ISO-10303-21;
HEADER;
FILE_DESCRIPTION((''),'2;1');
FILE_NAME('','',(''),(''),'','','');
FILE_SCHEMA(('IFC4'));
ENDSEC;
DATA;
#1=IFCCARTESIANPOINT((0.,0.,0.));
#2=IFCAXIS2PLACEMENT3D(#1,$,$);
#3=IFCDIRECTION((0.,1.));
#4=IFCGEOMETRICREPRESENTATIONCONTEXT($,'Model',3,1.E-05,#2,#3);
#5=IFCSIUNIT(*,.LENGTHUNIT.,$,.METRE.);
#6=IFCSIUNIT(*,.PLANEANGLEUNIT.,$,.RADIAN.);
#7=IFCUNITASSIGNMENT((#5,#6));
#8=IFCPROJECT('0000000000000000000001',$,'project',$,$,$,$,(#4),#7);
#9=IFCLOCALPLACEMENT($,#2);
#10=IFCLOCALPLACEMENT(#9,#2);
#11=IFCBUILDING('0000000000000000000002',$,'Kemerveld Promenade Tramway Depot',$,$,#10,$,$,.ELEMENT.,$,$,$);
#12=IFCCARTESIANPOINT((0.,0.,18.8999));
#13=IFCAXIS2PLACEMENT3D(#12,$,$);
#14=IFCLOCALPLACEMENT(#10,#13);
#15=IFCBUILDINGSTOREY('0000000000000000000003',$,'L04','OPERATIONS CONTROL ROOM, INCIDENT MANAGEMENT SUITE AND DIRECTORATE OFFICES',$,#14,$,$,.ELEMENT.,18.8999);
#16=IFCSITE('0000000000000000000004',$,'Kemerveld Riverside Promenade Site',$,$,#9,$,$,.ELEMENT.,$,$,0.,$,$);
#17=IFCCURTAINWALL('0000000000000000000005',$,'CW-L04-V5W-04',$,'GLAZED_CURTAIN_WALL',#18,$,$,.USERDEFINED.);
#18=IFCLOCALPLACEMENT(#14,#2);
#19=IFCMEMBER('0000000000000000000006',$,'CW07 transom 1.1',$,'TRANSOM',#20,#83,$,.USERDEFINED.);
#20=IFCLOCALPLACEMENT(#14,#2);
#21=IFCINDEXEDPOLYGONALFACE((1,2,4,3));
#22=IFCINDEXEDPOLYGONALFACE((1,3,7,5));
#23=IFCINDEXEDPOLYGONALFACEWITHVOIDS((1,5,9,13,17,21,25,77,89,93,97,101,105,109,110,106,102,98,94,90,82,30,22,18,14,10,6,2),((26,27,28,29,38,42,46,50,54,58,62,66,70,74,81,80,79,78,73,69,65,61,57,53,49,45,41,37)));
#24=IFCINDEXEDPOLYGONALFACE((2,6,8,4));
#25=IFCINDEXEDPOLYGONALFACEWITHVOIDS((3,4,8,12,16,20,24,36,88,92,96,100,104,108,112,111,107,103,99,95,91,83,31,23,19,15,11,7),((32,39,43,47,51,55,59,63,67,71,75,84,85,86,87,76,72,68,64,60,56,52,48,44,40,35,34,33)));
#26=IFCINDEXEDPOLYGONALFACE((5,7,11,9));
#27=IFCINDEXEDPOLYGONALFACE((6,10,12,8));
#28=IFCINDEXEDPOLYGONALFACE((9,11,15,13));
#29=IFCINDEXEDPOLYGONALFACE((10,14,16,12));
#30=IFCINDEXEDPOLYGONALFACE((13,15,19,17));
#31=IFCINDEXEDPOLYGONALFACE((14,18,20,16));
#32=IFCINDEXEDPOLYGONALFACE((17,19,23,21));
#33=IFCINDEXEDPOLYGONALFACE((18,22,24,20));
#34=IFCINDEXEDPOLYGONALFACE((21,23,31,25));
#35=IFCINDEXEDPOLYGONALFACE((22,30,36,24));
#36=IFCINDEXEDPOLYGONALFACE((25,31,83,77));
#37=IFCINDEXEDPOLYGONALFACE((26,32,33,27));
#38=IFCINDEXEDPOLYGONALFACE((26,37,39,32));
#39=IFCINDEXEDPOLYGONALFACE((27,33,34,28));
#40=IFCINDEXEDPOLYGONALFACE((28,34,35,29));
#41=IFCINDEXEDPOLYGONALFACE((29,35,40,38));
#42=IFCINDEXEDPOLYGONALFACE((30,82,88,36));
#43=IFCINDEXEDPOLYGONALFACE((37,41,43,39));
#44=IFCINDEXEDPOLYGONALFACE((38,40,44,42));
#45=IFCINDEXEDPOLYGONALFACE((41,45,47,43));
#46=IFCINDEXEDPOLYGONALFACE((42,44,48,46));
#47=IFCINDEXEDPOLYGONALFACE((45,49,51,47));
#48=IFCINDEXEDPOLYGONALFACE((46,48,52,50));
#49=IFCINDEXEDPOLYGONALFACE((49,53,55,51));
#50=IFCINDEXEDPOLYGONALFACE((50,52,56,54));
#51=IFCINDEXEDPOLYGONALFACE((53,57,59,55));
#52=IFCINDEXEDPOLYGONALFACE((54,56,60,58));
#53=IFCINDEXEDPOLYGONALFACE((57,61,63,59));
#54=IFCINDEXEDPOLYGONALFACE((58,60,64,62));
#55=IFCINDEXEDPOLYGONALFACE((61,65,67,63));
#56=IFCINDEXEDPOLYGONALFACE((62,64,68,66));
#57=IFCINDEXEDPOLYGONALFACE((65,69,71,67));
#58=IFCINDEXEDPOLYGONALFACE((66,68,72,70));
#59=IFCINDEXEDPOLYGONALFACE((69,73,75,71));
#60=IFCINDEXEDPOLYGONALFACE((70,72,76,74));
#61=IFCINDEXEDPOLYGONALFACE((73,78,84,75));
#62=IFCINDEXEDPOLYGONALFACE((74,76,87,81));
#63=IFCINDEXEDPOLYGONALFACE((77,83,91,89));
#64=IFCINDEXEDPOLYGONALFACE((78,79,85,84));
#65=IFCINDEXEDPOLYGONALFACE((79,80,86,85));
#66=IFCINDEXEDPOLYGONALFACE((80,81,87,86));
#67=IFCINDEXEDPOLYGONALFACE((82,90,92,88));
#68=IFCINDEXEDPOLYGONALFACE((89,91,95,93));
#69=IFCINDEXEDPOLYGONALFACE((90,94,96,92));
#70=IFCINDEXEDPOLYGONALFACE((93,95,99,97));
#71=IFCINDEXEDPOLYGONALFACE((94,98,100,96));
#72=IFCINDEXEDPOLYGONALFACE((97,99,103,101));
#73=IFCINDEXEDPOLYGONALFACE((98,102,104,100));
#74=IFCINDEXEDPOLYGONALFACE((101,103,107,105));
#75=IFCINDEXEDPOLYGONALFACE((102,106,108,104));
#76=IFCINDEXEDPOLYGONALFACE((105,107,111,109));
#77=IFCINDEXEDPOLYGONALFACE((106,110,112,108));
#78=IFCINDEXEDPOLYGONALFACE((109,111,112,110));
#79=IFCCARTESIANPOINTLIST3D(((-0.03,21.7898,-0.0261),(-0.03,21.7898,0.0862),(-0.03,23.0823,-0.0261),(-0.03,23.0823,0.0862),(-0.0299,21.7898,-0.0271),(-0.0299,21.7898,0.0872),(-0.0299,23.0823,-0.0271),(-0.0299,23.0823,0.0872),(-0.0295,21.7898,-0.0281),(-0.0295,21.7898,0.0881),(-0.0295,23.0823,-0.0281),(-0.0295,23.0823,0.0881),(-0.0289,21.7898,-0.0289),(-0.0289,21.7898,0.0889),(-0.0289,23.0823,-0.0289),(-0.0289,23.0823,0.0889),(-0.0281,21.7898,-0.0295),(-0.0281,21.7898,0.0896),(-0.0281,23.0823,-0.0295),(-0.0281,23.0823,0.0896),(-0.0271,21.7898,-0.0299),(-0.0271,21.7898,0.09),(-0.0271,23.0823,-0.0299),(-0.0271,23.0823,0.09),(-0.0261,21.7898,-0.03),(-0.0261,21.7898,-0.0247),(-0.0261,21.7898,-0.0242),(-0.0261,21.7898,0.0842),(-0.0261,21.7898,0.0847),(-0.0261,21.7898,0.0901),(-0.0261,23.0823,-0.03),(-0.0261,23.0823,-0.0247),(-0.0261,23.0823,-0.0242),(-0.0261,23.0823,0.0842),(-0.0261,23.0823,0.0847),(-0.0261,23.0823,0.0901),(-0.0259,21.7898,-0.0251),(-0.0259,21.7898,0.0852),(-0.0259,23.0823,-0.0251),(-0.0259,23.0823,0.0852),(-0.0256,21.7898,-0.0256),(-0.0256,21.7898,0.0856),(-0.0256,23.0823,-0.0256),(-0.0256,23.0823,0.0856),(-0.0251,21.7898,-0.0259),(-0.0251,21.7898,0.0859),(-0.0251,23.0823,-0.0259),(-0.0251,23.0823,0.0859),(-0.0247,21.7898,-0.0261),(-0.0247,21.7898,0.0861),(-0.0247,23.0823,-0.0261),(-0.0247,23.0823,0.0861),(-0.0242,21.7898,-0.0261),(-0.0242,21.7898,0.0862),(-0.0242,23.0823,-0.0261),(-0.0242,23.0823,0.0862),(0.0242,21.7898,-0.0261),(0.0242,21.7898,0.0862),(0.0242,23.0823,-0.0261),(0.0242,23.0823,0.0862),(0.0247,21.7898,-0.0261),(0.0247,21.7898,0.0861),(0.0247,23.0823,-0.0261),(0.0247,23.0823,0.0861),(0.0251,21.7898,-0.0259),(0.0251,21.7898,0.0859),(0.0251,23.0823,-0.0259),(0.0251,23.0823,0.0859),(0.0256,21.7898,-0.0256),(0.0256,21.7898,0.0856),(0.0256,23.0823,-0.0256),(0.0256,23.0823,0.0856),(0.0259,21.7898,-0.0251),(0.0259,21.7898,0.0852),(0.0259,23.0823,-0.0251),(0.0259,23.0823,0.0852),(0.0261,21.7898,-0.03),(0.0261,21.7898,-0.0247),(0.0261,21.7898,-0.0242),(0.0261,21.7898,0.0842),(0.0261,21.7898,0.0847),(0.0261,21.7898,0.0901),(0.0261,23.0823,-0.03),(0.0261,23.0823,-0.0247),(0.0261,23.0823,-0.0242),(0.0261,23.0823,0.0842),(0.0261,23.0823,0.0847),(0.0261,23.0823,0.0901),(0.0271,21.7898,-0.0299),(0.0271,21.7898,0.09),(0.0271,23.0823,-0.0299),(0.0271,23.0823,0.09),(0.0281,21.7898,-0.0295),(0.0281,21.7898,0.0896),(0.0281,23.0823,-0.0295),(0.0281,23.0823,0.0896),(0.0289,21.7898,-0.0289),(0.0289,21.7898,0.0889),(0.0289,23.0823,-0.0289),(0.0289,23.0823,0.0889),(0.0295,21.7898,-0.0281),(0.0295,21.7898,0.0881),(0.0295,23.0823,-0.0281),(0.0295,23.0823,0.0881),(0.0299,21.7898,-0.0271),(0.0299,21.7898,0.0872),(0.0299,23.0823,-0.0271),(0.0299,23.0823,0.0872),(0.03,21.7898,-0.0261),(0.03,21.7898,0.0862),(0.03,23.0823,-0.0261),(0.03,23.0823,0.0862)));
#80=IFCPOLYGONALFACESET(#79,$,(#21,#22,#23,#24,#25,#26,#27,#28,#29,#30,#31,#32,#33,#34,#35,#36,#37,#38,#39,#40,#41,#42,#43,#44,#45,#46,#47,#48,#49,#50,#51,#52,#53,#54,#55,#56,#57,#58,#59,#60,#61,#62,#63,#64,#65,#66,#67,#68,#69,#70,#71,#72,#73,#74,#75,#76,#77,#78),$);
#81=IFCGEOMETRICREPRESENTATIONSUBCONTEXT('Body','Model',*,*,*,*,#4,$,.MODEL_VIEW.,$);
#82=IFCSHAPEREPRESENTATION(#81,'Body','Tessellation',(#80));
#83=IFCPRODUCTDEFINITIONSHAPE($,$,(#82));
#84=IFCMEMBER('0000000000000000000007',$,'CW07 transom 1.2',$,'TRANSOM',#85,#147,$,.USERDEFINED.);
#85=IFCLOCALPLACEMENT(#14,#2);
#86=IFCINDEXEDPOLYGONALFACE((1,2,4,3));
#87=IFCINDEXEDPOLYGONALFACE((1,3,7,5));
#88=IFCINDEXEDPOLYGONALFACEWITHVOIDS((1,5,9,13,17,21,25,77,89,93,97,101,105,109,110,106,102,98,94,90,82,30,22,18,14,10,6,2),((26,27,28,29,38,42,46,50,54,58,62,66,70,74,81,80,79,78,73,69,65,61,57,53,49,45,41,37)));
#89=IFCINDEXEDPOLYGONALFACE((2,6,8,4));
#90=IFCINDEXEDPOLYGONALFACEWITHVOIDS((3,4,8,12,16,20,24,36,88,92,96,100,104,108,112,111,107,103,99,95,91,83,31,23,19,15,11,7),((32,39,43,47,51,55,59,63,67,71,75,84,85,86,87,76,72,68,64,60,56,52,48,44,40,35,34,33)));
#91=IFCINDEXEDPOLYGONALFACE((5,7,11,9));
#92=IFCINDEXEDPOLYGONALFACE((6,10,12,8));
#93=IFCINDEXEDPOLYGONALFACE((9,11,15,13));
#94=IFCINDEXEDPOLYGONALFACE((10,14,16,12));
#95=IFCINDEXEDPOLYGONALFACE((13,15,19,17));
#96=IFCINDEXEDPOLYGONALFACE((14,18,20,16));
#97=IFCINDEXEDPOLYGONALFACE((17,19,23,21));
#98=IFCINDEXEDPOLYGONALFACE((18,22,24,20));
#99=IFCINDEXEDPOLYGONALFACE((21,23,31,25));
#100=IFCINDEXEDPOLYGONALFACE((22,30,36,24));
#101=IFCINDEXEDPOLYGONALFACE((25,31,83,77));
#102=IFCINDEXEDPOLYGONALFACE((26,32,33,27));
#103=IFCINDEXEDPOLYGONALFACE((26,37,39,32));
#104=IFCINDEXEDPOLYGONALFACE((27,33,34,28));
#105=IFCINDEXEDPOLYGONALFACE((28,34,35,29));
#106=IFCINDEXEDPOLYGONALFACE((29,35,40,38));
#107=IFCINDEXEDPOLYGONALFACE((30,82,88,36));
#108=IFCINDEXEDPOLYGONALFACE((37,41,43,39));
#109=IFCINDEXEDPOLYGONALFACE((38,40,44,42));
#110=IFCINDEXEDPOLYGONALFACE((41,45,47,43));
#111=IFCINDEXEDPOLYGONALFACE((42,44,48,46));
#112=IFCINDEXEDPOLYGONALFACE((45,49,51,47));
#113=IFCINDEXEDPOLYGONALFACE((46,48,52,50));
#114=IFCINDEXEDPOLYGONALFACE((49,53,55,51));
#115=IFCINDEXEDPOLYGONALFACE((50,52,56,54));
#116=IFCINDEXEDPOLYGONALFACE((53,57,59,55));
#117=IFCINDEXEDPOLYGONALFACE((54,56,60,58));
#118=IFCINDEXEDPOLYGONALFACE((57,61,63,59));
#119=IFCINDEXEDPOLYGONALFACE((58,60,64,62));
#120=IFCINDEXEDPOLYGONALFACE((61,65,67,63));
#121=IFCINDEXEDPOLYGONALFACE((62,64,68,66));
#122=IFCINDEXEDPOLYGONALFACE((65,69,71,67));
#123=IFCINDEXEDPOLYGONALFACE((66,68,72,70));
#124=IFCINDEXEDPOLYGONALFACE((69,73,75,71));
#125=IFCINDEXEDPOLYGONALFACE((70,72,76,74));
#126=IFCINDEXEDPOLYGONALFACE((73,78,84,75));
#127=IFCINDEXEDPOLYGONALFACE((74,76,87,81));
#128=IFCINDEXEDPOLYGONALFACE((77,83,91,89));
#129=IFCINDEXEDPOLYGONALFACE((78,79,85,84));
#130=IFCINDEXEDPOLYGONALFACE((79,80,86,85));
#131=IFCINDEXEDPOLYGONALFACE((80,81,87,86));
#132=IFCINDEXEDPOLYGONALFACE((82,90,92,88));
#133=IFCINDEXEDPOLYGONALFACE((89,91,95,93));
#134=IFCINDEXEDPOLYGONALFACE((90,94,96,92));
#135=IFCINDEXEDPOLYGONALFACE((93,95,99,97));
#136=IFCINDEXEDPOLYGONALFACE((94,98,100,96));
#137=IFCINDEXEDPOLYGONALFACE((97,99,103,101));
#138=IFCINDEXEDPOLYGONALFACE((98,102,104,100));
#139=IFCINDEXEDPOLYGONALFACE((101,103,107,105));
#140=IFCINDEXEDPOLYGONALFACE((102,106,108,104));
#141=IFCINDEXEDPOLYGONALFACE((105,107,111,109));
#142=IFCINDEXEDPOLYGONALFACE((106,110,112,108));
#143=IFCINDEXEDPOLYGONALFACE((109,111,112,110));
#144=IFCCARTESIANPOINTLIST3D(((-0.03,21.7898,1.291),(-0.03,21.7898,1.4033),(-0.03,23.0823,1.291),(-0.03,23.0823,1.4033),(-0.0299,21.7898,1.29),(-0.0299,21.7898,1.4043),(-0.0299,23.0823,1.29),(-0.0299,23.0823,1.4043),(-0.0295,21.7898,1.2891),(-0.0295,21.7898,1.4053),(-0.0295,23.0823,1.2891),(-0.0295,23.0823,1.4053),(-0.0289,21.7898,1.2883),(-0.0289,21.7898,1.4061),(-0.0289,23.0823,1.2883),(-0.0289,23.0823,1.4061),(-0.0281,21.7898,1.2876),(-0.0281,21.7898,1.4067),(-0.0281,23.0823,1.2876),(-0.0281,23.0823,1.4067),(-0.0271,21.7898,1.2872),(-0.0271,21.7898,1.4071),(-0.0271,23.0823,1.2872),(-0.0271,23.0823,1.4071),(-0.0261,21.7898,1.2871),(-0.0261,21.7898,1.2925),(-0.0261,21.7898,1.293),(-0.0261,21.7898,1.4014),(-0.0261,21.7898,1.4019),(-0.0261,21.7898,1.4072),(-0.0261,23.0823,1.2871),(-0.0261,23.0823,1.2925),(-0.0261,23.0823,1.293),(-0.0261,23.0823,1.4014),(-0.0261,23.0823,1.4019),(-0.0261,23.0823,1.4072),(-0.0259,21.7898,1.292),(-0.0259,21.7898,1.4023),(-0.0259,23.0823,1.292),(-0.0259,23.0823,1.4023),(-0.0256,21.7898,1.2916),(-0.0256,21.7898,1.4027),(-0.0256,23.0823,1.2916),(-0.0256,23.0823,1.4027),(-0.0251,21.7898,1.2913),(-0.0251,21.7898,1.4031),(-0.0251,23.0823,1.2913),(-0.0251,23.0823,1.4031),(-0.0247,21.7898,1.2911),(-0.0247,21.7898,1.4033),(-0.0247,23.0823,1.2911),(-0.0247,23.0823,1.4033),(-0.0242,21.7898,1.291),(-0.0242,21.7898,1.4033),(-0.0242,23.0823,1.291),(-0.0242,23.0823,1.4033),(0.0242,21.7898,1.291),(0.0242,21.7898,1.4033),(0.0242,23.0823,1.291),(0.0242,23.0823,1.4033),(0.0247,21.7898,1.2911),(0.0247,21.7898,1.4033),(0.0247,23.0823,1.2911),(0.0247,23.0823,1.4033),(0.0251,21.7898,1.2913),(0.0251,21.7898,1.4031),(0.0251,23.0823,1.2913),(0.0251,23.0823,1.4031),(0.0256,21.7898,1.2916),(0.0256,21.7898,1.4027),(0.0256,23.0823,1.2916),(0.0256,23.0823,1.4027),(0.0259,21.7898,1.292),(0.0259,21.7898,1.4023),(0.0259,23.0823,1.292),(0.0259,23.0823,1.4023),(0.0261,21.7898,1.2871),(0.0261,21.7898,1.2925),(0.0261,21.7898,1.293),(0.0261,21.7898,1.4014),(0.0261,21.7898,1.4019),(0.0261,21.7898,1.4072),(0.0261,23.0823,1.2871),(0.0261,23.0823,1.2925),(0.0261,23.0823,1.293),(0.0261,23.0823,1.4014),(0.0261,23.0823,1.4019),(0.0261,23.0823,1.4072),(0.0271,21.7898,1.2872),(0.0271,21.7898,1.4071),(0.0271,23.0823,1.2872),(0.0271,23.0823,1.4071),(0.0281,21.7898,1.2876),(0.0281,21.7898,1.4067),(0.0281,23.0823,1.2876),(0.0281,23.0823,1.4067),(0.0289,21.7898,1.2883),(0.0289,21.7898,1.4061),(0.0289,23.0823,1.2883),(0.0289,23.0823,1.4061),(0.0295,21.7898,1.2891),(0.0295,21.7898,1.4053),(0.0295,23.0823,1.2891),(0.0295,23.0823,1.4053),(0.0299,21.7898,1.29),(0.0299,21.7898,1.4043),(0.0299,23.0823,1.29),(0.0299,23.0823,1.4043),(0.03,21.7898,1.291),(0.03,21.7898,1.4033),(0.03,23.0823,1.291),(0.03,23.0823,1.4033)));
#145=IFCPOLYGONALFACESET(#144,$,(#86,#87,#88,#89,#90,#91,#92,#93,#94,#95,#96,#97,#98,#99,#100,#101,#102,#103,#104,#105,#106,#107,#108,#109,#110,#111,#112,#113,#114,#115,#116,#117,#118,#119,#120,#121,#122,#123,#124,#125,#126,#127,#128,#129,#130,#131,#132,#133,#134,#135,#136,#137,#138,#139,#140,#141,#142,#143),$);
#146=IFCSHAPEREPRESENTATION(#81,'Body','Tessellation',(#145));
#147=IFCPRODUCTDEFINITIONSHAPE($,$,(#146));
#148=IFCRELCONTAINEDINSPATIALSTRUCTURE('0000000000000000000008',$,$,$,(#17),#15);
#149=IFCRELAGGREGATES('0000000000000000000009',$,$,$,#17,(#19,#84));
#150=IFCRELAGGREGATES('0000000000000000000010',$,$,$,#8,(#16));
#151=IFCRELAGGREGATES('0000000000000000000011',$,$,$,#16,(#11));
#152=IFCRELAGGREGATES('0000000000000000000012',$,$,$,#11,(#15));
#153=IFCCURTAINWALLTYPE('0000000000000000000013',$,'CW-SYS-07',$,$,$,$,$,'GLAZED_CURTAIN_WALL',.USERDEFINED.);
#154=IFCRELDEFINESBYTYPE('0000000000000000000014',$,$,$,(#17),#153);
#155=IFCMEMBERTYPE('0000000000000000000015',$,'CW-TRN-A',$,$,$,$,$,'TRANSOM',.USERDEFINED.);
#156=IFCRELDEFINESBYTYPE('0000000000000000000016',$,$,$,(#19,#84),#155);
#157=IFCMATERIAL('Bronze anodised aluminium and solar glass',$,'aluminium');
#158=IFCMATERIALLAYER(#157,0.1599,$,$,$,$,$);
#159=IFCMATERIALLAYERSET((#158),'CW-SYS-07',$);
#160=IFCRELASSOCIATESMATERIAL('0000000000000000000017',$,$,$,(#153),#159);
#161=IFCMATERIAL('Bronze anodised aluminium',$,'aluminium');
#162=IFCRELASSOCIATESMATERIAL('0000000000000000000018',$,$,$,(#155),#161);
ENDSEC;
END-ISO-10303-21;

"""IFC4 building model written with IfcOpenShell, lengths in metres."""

from ifc_helpers import new_model, si_unit, direction, frame, origin, origin_2d, place, context, subcontext, project, spatial, hollow_rectangle, extrude, material, layer, layer_set, material_profile, profile_set, type_object, element, aggregate, save


model = new_model("IFC4")

# Units and contexts
model_context = context("Model", 3, precision=1e-05, world=origin(), true_north=direction((0.0, 1.0)))
body_context = subcontext(model_context, "Body", "Model", "MODEL_VIEW")
ifc_project = project(units=[si_unit("LENGTHUNIT", "METRE"), si_unit("PLANEANGLEUNIT", "RADIAN")], contexts=[model_context])

# Site, building, storey
site_placement = place(None, origin())
site = spatial("IfcSite", under=ifc_project, at=site_placement, Name="Kemerveld Riverside Promenade Site", CompositionType="ELEMENT", RefElevation=0.0)
building_placement = place(site_placement, origin())
building = spatial("IfcBuilding", under=site, at=building_placement, Name="Kemerveld Promenade Tramway Depot", CompositionType="ELEMENT")
storey_placement = place(building_placement, frame((0.0, 0.0, 18.8999)))
storey = spatial("IfcBuildingStorey", under=building, at=storey_placement, Name="L04", Description="OPERATIONS CONTROL ROOM, INCIDENT MANAGEMENT SUITE AND DIRECTORATE OFFICES", CompositionType="ELEMENT", Elevation=18.8999)

# Curtain wall, members
ifc_material_1 = material(Name="Bronze anodised aluminium and solar glass", Category="aluminium")
ifc_layer_1 = layer(ifc_material_1, 0.1599)
ifc_layer_set_1 = layer_set([ifc_layer_1], Name="CW-SYS-07")
curtain_wall_type = type_object("IfcCurtainWallType", Name="CW-SYS-07", ElementType="GLAZED_CURTAIN_WALL", PredefinedType="USERDEFINED", material=ifc_layer_set_1)
curtain_wall_placement = place(storey_placement, origin())
curtain_wall = element("IfcCurtainWall", 1, at=curtain_wall_placement, inside=storey, type_object=curtain_wall_type, Name="CW-L04-V5W-04", ObjectType="GLAZED_CURTAIN_WALL", PredefinedType="USERDEFINED")
ifc_material_2 = material(Name="Bronze anodised aluminium", Category="aluminium")
ifc_material_profile_1 = material_profile(ifc_material_2, hollow_rectangle(XDim=0.0601, YDim=0.1201, WallThickness=0.0039, InnerFilletRadius=0.002, OuterFilletRadius=0.0039, at=origin_2d()), Name="CW-TRN-120x60")
ifc_profile_set_1 = profile_set([ifc_material_profile_1], Name="Bronze anodised aluminium")
member_type_1 = type_object("IfcMemberType", Name="CW-TRN-A", ElementType="TRANSOM", PredefinedType="USERDEFINED", material=ifc_profile_set_1)
member_1_placement = place(storey_placement, frame((0.0, 21.7898, 0.03), z_axis=(0.0, 1.0, 0.0), x_axis=(-1.0, 0.0, 0.0)))
member_1 = element("IfcMember", 2, at=member_1_placement, type_object=member_type_1, Name="CW07 transom 1.1", ObjectType="TRANSOM", PredefinedType="USERDEFINED", context=body_context, shape_type="SweptSolid", body=[
    extrude(hollow_rectangle(XDim=0.0601, YDim=0.1201, WallThickness=0.0039, InnerFilletRadius=0.002, OuterFilletRadius=0.0039, at=origin_2d()), origin(), (0.0, 0.0, 1.0), 1.2925),
])
member_2_placement = place(storey_placement, frame((0.0, 21.7898, 1.3472), z_axis=(0.0, 1.0, 0.0), x_axis=(-1.0, 0.0, 0.0)))
member_2 = element("IfcMember", 3, at=member_2_placement, type_object=member_type_1, Name="CW07 transom 1.2", ObjectType="TRANSOM", PredefinedType="USERDEFINED", context=body_context, shape_type="SweptSolid", body=[
    extrude(hollow_rectangle(XDim=0.0601, YDim=0.1201, WallThickness=0.0039, InnerFilletRadius=0.002, OuterFilletRadius=0.0039, at=origin_2d()), origin(), (0.0, 0.0, 1.0), 1.2925),
])
aggregate(curtain_wall, [member_1, member_2])

save(model, "model.ifc")
